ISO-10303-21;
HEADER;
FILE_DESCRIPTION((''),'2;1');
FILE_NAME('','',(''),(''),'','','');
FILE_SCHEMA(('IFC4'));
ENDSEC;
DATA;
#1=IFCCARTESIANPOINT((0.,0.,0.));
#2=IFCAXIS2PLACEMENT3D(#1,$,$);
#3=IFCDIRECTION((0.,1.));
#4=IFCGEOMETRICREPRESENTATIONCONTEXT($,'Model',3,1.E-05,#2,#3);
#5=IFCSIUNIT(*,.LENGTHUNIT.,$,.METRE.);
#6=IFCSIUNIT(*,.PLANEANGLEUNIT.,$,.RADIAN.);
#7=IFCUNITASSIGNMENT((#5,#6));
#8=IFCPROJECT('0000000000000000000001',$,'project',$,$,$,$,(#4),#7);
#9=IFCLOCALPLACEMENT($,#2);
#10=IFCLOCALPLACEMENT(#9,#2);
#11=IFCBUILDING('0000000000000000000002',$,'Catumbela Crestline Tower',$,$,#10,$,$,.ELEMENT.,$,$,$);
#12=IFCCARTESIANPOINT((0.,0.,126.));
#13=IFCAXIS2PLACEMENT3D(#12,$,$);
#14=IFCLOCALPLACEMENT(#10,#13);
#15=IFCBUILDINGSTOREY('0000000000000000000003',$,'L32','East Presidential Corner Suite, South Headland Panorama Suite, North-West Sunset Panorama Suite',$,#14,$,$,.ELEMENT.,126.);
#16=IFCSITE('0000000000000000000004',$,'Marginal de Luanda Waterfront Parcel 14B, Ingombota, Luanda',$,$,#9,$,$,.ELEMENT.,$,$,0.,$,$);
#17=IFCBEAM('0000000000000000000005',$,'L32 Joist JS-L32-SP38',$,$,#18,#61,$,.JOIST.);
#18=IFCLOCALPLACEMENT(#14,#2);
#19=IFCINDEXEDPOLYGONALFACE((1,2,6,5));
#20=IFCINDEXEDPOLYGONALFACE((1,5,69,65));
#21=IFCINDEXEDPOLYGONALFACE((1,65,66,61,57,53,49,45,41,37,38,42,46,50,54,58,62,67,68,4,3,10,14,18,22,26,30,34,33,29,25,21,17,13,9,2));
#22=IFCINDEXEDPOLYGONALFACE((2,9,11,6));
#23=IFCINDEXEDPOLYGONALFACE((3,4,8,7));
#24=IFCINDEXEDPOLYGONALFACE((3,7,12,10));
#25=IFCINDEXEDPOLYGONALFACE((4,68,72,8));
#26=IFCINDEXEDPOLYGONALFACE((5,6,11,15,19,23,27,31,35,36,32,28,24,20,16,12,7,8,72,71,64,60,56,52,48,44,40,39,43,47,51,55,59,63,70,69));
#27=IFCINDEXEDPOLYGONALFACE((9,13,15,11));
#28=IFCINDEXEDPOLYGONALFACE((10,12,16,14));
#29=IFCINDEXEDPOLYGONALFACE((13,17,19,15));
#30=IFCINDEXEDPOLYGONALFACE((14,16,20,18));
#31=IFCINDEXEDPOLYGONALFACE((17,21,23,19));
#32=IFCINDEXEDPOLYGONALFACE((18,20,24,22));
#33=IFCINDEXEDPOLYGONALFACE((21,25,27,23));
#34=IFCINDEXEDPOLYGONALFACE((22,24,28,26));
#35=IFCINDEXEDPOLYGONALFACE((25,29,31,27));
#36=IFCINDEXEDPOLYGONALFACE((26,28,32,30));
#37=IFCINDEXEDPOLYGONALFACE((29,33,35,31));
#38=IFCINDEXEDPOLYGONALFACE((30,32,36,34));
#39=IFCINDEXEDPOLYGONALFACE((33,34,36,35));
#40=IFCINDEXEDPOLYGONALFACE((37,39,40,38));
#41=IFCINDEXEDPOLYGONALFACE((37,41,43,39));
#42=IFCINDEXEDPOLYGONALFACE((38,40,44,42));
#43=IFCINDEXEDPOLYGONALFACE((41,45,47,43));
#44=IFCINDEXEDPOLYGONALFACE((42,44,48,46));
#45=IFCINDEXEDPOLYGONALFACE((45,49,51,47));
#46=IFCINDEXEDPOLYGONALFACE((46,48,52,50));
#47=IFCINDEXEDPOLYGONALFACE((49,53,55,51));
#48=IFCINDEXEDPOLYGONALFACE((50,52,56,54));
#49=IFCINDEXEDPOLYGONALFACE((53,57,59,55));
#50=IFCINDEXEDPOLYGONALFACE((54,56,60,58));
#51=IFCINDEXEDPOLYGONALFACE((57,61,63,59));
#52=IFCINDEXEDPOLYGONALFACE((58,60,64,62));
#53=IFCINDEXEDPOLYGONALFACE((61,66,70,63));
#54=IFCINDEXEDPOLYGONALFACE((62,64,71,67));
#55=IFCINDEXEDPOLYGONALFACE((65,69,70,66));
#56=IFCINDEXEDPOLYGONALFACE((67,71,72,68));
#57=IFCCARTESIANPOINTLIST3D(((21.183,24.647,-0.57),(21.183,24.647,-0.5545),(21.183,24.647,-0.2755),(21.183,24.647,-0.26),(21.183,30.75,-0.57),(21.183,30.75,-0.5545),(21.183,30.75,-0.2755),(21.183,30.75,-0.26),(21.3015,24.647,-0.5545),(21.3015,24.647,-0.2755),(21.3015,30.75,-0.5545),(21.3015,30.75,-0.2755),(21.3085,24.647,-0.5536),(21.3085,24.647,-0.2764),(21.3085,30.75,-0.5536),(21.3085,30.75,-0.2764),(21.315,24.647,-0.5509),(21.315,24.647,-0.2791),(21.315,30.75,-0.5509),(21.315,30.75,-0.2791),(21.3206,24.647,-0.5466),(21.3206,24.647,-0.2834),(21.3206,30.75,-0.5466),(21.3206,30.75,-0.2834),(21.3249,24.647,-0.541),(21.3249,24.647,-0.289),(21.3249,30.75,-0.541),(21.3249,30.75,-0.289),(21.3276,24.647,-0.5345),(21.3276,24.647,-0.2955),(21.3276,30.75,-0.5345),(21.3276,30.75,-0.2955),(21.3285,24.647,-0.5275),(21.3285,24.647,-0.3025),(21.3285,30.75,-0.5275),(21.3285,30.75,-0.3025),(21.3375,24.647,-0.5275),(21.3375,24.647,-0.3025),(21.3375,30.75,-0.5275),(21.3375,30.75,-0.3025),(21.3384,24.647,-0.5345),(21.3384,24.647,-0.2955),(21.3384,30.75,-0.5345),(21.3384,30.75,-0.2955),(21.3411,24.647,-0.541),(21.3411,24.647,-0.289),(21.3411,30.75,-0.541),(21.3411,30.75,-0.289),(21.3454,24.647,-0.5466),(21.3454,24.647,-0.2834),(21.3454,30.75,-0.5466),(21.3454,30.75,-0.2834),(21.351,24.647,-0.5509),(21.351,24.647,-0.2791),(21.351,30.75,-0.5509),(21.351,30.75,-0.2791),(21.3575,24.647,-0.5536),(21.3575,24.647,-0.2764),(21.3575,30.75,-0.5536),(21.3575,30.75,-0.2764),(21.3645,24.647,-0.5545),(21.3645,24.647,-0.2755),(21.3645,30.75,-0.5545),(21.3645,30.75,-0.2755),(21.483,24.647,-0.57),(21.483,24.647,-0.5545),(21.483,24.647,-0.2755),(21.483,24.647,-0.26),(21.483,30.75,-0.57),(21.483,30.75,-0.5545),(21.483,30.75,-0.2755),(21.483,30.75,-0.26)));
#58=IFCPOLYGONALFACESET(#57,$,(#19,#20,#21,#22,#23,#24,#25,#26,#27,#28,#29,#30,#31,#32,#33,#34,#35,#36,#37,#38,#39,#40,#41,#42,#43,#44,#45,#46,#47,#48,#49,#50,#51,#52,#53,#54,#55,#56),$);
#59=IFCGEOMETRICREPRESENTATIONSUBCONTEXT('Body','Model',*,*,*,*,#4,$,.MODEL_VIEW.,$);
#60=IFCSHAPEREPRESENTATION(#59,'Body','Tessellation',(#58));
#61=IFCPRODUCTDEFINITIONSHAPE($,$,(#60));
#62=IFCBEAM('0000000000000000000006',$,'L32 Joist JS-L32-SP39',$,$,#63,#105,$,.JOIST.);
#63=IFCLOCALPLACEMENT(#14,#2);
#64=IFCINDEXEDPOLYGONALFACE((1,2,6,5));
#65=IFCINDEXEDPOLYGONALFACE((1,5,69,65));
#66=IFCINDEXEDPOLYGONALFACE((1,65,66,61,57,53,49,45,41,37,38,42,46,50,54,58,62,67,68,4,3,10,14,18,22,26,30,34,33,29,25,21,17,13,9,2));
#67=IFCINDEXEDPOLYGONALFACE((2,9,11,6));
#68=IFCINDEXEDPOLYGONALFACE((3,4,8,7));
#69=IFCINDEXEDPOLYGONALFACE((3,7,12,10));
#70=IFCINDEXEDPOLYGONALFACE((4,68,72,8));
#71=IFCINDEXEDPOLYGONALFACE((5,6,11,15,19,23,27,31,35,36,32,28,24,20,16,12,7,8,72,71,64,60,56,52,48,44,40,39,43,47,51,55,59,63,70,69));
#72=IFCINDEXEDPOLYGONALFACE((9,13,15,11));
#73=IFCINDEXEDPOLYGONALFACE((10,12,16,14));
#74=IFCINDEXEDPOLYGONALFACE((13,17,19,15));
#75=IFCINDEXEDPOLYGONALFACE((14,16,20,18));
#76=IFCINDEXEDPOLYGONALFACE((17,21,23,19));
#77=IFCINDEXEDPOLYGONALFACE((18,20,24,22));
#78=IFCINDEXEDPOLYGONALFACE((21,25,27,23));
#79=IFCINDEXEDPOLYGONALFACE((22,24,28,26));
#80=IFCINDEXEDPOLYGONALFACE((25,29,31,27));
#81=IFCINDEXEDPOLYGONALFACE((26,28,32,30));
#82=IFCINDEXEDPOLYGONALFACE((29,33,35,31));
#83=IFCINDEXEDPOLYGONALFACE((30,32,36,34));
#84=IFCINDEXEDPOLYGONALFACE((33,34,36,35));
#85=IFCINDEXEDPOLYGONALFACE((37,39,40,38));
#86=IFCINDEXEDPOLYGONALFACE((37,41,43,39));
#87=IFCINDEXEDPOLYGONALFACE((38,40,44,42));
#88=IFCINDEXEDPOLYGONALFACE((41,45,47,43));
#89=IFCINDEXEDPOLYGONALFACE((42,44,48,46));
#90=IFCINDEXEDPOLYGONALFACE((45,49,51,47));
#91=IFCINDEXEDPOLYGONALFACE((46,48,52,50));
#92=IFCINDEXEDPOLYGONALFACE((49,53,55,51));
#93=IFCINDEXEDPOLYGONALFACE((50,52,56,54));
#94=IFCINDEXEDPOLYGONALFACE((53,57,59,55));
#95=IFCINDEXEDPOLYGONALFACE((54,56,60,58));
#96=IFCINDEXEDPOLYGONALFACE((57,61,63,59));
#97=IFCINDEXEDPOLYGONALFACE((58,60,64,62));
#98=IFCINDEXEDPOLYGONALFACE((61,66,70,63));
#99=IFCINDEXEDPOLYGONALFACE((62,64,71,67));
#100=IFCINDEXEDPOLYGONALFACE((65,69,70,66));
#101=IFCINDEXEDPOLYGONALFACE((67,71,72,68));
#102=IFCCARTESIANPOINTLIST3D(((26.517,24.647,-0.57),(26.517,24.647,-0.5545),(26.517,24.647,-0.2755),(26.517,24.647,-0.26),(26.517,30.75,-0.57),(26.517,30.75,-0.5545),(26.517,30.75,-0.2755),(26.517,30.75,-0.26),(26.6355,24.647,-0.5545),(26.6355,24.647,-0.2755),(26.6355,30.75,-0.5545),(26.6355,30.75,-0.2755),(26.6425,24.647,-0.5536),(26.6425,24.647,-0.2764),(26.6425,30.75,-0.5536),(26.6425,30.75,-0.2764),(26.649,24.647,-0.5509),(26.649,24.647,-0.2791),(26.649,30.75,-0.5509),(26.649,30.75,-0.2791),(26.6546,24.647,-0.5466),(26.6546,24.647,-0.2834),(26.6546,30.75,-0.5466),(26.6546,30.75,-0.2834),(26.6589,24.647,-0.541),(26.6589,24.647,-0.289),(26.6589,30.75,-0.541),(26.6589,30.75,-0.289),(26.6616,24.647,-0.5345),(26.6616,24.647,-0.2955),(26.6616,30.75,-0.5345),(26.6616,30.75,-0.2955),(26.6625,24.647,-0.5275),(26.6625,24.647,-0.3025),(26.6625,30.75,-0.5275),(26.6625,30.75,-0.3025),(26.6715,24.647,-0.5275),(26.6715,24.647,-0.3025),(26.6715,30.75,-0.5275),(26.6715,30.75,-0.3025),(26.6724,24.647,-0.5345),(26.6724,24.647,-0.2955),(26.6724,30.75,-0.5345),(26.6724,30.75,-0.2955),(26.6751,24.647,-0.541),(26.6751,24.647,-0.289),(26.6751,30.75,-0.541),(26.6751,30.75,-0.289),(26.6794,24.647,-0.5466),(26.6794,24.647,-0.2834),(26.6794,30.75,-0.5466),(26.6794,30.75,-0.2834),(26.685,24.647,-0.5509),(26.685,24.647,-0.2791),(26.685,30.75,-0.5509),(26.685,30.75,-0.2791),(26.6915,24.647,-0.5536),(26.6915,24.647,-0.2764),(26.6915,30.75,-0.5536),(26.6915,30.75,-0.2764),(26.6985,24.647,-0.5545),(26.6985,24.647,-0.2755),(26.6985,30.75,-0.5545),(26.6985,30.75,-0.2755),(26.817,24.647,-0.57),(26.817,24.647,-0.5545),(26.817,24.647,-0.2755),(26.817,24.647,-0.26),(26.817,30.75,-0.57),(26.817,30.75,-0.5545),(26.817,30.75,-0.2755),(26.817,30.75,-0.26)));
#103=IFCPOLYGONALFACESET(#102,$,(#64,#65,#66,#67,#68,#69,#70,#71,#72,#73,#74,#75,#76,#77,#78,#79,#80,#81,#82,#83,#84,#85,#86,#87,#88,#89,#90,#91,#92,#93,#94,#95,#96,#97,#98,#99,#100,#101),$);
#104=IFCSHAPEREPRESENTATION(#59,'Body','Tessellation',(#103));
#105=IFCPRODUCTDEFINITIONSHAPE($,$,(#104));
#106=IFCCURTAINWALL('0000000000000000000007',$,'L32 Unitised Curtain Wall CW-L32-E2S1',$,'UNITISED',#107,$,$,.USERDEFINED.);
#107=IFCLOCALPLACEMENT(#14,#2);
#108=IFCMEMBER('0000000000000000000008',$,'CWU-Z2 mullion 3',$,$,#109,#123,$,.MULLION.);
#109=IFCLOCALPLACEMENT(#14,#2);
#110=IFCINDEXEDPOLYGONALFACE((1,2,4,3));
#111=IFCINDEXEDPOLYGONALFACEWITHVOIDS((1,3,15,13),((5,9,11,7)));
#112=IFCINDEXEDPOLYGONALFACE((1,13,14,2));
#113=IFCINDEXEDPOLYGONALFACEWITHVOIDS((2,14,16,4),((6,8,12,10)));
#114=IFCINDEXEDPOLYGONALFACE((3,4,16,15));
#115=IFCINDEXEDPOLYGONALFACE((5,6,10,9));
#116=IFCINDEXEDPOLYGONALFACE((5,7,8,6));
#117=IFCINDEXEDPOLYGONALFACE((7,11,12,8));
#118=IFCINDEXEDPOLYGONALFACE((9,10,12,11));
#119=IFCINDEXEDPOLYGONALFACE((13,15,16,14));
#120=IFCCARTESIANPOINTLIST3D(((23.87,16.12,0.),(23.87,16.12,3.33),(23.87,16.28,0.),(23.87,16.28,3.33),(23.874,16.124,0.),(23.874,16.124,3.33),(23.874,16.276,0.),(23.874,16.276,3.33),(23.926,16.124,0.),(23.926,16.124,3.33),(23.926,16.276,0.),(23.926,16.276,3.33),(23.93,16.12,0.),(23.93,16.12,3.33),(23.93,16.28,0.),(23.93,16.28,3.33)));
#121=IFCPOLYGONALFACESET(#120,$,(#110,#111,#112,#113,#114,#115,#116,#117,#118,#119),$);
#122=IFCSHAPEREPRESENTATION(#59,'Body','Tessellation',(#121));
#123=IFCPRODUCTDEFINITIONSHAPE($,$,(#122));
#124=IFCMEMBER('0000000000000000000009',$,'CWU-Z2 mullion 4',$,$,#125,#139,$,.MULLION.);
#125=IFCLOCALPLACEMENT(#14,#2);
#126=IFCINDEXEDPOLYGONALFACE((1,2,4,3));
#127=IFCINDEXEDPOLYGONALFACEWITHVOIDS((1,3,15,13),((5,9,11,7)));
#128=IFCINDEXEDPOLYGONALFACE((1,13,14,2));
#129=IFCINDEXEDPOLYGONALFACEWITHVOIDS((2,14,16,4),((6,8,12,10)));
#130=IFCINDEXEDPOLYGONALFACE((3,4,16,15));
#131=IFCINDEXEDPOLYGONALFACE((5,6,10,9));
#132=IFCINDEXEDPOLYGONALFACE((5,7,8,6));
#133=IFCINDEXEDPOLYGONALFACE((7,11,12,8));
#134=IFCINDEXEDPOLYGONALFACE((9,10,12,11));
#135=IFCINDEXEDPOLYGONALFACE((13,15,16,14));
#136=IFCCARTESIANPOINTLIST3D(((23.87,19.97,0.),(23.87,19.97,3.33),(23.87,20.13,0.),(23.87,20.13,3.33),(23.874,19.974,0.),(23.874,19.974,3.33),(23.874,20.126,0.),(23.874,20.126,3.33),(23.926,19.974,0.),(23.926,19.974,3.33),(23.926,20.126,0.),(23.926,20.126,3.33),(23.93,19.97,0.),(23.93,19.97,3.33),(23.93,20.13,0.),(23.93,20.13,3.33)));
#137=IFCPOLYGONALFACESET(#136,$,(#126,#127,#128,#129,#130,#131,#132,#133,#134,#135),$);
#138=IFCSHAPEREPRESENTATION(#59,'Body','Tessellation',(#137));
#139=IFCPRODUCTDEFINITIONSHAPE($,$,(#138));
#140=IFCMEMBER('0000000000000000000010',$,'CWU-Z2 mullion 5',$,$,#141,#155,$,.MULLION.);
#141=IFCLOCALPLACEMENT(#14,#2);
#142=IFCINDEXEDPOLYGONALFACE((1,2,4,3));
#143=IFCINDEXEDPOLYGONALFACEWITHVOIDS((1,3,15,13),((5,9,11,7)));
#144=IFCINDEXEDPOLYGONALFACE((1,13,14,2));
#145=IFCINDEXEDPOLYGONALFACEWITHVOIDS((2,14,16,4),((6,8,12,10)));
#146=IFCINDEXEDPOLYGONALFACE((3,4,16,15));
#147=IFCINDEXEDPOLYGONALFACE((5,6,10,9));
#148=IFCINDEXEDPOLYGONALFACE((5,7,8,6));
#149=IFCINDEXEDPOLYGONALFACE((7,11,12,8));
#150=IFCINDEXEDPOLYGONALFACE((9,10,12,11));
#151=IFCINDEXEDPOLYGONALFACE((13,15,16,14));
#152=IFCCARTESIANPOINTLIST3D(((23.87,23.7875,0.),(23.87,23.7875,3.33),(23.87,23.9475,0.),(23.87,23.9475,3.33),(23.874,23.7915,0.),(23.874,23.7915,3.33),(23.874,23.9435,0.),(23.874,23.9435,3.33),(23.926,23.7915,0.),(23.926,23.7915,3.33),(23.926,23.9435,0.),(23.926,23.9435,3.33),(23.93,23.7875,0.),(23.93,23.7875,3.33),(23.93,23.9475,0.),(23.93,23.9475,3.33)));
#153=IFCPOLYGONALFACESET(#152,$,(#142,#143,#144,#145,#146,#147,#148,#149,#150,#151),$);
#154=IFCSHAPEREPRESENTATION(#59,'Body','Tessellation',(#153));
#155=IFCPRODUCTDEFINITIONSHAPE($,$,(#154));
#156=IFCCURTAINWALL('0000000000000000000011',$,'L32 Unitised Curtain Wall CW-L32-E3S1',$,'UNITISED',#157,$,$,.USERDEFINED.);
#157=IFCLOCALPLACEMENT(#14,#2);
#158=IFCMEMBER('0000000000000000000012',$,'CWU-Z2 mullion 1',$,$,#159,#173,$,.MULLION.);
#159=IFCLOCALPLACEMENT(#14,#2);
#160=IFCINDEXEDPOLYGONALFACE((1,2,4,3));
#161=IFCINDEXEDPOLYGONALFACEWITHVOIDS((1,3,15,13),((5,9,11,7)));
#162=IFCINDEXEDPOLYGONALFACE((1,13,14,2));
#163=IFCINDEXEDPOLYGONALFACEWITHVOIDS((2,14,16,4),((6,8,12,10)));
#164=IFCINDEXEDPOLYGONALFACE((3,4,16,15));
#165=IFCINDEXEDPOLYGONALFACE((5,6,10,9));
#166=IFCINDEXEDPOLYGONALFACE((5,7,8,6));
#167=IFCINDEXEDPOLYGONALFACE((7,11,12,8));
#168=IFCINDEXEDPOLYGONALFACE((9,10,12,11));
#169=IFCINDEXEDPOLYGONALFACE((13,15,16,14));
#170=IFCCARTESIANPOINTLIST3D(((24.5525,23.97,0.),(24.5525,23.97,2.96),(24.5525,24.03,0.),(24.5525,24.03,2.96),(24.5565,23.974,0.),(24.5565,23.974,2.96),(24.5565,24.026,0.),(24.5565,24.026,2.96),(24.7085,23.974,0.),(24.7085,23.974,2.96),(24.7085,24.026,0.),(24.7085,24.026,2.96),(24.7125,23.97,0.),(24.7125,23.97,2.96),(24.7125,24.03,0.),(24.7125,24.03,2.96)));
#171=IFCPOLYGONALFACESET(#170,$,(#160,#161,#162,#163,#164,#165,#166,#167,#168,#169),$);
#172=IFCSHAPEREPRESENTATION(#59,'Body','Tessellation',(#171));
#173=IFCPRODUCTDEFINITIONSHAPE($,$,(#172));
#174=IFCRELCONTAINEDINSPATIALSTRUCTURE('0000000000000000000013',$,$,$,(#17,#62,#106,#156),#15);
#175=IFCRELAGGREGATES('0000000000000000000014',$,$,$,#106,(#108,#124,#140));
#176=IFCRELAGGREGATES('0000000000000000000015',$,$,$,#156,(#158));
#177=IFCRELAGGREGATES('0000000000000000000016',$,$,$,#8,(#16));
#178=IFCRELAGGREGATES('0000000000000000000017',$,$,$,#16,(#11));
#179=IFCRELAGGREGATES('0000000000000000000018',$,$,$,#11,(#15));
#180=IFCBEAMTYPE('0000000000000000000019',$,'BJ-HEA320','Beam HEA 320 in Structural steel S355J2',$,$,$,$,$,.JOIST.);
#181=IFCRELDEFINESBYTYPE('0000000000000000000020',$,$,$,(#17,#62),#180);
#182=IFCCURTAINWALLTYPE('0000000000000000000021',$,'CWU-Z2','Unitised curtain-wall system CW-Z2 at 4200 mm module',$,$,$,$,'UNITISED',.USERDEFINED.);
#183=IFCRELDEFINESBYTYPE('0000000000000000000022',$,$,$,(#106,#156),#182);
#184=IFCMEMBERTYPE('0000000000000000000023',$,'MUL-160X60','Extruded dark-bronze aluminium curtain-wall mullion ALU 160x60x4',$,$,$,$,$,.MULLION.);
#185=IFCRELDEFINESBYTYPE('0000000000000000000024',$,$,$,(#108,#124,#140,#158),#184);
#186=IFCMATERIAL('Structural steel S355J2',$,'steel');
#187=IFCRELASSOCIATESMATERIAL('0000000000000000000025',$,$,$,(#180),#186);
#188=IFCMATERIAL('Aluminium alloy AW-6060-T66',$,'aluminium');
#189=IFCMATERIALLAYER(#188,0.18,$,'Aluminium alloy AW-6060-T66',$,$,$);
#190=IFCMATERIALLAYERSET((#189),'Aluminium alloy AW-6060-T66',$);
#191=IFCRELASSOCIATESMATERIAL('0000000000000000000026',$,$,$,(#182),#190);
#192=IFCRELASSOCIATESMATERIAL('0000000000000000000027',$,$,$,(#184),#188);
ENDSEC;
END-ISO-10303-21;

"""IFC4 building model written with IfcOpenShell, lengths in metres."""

from ifc_helpers import new_model, si_unit, direction, frame, origin, origin_2d, place, context, subcontext, project, spatial, hollow_rectangle, i_section, extrude, material, layer, layer_set, material_profile, profile_set, type_object, element, aggregate, save


model = new_model("IFC4")

# Units and contexts
model_context = context("Model", 3, precision=1e-05, world=origin(), true_north=direction((0.0, 1.0)))
body_context = subcontext(model_context, "Body", "Model", "MODEL_VIEW")
ifc_project = project(units=[si_unit("LENGTHUNIT", "METRE"), si_unit("PLANEANGLEUNIT", "RADIAN")], contexts=[model_context])

# Site, building, storey
site_placement = place(None, origin())
site = spatial("IfcSite", under=ifc_project, at=site_placement, Name="Marginal de Luanda Waterfront Parcel 14B, Ingombota, Luanda", CompositionType="ELEMENT", RefElevation=0.0)
building_placement = place(site_placement, origin())
building = spatial("IfcBuilding", under=site, at=building_placement, Name="Catumbela Crestline Tower", CompositionType="ELEMENT")
storey_placement = place(building_placement, frame((0.0, 0.0, 126.0)))
storey = spatial("IfcBuildingStorey", under=building, at=storey_placement, Name="L32", Description="East Presidential Corner Suite, South Headland Panorama Suite, North-West Sunset Panorama Suite", CompositionType="ELEMENT", Elevation=126.0)

# Beams
ifc_material_1 = material(Name="Structural steel S355J2", Category="steel")
ifc_material_profile_1 = material_profile(ifc_material_1, i_section(OverallWidth=0.3, OverallDepth=0.31, WebThickness=0.009, FlangeThickness=0.0155, FilletRadius=0.027, at=origin_2d()), Name="HEA 320")
ifc_profile_set_1 = profile_set([ifc_material_profile_1], Name="Structural steel S355J2")
beam_type_1 = type_object("IfcBeamType", Name="BJ-HEA320", Description="Beam HEA 320 in Structural steel S355J2", PredefinedType="JOIST", material=ifc_profile_set_1)
for number, where, z_axis, x_axis, name in (
    (1, (21.333, 24.647, -0.415), (0.0, 1.0, 0.0), (-1.0, 0.0, 0.0), "L32 Joist JS-L32-SP38"),
    (2, (26.667, 24.647, -0.415), (0.0, 1.0, 0.0), (-1.0, 0.0, 0.0), "L32 Joist JS-L32-SP39"),
):
    element("IfcBeam", number, at=place(storey_placement, frame(where, z_axis=z_axis, x_axis=x_axis)), inside=storey, type_object=beam_type_1, Name=name, PredefinedType="JOIST", context=body_context, shape_type="SweptSolid", body=[
        extrude(i_section(OverallWidth=0.3, OverallDepth=0.31, WebThickness=0.009, FlangeThickness=0.0155, FilletRadius=0.027, at=origin_2d()), origin(), (0.0, 0.0, 1.0), 6.103),
    ])

# Curtain wall, members
ifc_material_2 = material(Name="Aluminium alloy AW-6060-T66", Category="aluminium")
ifc_layer_1 = layer(ifc_material_2, 0.18, Name="Aluminium alloy AW-6060-T66")
ifc_layer_set_1 = layer_set([ifc_layer_1], Name="Aluminium alloy AW-6060-T66")
curtain_wall_type = type_object("IfcCurtainWallType", Name="CWU-Z2", Description="Unitised curtain-wall system CW-Z2 at 4200 mm module", ElementType="UNITISED", PredefinedType="USERDEFINED", material=ifc_layer_set_1)
curtain_wall_1_placement = place(storey_placement, origin())
curtain_wall_1 = element("IfcCurtainWall", 3, at=curtain_wall_1_placement, inside=storey, type_object=curtain_wall_type, Name="L32 Unitised Curtain Wall CW-L32-E2S1", ObjectType="UNITISED", PredefinedType="USERDEFINED")
ifc_material_profile_2 = material_profile(ifc_material_2, hollow_rectangle(XDim=0.06, YDim=0.16, WallThickness=0.004, at=origin_2d()), Name="ALU 160x60x4")
ifc_profile_set_2 = profile_set([ifc_material_profile_2], Name="Aluminium alloy AW-6060-T66")
member_type_1 = type_object("IfcMemberType", Name="MUL-160X60", Description="Extruded dark-bronze aluminium curtain-wall mullion ALU 160x60x4", PredefinedType="MULLION", material=ifc_profile_set_2)
member_1_placement = place(storey_placement, frame((23.9, 16.2, 0.0), z_axis=(0.0, 0.0, 1.0), x_axis=(-1.0, 0.0, 0.0)))
member_1 = element("IfcMember", 4, at=member_1_placement, type_object=member_type_1, Name="CWU-Z2 mullion 3", PredefinedType="MULLION", context=body_context, shape_type="SweptSolid", body=[
    extrude(hollow_rectangle(XDim=0.06, YDim=0.16, WallThickness=0.004, at=origin_2d()), origin(), (0.0, 0.0, 1.0), 3.33),
])
member_2_placement = place(storey_placement, frame((23.9, 20.05, 0.0), z_axis=(0.0, 0.0, 1.0), x_axis=(-1.0, 0.0, 0.0)))
member_2 = element("IfcMember", 5, at=member_2_placement, type_object=member_type_1, Name="CWU-Z2 mullion 4", PredefinedType="MULLION", context=body_context, shape_type="SweptSolid", body=[
    extrude(hollow_rectangle(XDim=0.06, YDim=0.16, WallThickness=0.004, at=origin_2d()), origin(), (0.0, 0.0, 1.0), 3.33),
])
member_3_placement = place(storey_placement, frame((23.9, 23.8675, 0.0), z_axis=(0.0, 0.0, 1.0), x_axis=(-1.0, 0.0, 0.0)))
member_3 = element("IfcMember", 6, at=member_3_placement, type_object=member_type_1, Name="CWU-Z2 mullion 5", PredefinedType="MULLION", context=body_context, shape_type="SweptSolid", body=[
    extrude(hollow_rectangle(XDim=0.06, YDim=0.16, WallThickness=0.004, at=origin_2d()), origin(), (0.0, 0.0, 1.0), 3.33),
])

# Curtain wall, member
curtain_wall_2_placement = place(storey_placement, origin())
curtain_wall_2 = element("IfcCurtainWall", 7, at=curtain_wall_2_placement, inside=storey, type_object=curtain_wall_type, Name="L32 Unitised Curtain Wall CW-L32-E3S1", ObjectType="UNITISED", PredefinedType="USERDEFINED")
member_4_placement = place(storey_placement, frame((24.6325, 24.0, 0.0), z_axis=(0.0, 0.0, 1.0), x_axis=(0.0, 1.0, 0.0)))
member_4 = element("IfcMember", 8, at=member_4_placement, type_object=member_type_1, Name="CWU-Z2 mullion 1", PredefinedType="MULLION", context=body_context, shape_type="SweptSolid", body=[
    extrude(hollow_rectangle(XDim=0.06, YDim=0.16, WallThickness=0.004, at=origin_2d()), origin(), (0.0, 0.0, 1.0), 2.96),
])

aggregate(curtain_wall_1, [member_1, member_2, member_3])
aggregate(curtain_wall_2, [member_4])

save(model, "model.ifc")
